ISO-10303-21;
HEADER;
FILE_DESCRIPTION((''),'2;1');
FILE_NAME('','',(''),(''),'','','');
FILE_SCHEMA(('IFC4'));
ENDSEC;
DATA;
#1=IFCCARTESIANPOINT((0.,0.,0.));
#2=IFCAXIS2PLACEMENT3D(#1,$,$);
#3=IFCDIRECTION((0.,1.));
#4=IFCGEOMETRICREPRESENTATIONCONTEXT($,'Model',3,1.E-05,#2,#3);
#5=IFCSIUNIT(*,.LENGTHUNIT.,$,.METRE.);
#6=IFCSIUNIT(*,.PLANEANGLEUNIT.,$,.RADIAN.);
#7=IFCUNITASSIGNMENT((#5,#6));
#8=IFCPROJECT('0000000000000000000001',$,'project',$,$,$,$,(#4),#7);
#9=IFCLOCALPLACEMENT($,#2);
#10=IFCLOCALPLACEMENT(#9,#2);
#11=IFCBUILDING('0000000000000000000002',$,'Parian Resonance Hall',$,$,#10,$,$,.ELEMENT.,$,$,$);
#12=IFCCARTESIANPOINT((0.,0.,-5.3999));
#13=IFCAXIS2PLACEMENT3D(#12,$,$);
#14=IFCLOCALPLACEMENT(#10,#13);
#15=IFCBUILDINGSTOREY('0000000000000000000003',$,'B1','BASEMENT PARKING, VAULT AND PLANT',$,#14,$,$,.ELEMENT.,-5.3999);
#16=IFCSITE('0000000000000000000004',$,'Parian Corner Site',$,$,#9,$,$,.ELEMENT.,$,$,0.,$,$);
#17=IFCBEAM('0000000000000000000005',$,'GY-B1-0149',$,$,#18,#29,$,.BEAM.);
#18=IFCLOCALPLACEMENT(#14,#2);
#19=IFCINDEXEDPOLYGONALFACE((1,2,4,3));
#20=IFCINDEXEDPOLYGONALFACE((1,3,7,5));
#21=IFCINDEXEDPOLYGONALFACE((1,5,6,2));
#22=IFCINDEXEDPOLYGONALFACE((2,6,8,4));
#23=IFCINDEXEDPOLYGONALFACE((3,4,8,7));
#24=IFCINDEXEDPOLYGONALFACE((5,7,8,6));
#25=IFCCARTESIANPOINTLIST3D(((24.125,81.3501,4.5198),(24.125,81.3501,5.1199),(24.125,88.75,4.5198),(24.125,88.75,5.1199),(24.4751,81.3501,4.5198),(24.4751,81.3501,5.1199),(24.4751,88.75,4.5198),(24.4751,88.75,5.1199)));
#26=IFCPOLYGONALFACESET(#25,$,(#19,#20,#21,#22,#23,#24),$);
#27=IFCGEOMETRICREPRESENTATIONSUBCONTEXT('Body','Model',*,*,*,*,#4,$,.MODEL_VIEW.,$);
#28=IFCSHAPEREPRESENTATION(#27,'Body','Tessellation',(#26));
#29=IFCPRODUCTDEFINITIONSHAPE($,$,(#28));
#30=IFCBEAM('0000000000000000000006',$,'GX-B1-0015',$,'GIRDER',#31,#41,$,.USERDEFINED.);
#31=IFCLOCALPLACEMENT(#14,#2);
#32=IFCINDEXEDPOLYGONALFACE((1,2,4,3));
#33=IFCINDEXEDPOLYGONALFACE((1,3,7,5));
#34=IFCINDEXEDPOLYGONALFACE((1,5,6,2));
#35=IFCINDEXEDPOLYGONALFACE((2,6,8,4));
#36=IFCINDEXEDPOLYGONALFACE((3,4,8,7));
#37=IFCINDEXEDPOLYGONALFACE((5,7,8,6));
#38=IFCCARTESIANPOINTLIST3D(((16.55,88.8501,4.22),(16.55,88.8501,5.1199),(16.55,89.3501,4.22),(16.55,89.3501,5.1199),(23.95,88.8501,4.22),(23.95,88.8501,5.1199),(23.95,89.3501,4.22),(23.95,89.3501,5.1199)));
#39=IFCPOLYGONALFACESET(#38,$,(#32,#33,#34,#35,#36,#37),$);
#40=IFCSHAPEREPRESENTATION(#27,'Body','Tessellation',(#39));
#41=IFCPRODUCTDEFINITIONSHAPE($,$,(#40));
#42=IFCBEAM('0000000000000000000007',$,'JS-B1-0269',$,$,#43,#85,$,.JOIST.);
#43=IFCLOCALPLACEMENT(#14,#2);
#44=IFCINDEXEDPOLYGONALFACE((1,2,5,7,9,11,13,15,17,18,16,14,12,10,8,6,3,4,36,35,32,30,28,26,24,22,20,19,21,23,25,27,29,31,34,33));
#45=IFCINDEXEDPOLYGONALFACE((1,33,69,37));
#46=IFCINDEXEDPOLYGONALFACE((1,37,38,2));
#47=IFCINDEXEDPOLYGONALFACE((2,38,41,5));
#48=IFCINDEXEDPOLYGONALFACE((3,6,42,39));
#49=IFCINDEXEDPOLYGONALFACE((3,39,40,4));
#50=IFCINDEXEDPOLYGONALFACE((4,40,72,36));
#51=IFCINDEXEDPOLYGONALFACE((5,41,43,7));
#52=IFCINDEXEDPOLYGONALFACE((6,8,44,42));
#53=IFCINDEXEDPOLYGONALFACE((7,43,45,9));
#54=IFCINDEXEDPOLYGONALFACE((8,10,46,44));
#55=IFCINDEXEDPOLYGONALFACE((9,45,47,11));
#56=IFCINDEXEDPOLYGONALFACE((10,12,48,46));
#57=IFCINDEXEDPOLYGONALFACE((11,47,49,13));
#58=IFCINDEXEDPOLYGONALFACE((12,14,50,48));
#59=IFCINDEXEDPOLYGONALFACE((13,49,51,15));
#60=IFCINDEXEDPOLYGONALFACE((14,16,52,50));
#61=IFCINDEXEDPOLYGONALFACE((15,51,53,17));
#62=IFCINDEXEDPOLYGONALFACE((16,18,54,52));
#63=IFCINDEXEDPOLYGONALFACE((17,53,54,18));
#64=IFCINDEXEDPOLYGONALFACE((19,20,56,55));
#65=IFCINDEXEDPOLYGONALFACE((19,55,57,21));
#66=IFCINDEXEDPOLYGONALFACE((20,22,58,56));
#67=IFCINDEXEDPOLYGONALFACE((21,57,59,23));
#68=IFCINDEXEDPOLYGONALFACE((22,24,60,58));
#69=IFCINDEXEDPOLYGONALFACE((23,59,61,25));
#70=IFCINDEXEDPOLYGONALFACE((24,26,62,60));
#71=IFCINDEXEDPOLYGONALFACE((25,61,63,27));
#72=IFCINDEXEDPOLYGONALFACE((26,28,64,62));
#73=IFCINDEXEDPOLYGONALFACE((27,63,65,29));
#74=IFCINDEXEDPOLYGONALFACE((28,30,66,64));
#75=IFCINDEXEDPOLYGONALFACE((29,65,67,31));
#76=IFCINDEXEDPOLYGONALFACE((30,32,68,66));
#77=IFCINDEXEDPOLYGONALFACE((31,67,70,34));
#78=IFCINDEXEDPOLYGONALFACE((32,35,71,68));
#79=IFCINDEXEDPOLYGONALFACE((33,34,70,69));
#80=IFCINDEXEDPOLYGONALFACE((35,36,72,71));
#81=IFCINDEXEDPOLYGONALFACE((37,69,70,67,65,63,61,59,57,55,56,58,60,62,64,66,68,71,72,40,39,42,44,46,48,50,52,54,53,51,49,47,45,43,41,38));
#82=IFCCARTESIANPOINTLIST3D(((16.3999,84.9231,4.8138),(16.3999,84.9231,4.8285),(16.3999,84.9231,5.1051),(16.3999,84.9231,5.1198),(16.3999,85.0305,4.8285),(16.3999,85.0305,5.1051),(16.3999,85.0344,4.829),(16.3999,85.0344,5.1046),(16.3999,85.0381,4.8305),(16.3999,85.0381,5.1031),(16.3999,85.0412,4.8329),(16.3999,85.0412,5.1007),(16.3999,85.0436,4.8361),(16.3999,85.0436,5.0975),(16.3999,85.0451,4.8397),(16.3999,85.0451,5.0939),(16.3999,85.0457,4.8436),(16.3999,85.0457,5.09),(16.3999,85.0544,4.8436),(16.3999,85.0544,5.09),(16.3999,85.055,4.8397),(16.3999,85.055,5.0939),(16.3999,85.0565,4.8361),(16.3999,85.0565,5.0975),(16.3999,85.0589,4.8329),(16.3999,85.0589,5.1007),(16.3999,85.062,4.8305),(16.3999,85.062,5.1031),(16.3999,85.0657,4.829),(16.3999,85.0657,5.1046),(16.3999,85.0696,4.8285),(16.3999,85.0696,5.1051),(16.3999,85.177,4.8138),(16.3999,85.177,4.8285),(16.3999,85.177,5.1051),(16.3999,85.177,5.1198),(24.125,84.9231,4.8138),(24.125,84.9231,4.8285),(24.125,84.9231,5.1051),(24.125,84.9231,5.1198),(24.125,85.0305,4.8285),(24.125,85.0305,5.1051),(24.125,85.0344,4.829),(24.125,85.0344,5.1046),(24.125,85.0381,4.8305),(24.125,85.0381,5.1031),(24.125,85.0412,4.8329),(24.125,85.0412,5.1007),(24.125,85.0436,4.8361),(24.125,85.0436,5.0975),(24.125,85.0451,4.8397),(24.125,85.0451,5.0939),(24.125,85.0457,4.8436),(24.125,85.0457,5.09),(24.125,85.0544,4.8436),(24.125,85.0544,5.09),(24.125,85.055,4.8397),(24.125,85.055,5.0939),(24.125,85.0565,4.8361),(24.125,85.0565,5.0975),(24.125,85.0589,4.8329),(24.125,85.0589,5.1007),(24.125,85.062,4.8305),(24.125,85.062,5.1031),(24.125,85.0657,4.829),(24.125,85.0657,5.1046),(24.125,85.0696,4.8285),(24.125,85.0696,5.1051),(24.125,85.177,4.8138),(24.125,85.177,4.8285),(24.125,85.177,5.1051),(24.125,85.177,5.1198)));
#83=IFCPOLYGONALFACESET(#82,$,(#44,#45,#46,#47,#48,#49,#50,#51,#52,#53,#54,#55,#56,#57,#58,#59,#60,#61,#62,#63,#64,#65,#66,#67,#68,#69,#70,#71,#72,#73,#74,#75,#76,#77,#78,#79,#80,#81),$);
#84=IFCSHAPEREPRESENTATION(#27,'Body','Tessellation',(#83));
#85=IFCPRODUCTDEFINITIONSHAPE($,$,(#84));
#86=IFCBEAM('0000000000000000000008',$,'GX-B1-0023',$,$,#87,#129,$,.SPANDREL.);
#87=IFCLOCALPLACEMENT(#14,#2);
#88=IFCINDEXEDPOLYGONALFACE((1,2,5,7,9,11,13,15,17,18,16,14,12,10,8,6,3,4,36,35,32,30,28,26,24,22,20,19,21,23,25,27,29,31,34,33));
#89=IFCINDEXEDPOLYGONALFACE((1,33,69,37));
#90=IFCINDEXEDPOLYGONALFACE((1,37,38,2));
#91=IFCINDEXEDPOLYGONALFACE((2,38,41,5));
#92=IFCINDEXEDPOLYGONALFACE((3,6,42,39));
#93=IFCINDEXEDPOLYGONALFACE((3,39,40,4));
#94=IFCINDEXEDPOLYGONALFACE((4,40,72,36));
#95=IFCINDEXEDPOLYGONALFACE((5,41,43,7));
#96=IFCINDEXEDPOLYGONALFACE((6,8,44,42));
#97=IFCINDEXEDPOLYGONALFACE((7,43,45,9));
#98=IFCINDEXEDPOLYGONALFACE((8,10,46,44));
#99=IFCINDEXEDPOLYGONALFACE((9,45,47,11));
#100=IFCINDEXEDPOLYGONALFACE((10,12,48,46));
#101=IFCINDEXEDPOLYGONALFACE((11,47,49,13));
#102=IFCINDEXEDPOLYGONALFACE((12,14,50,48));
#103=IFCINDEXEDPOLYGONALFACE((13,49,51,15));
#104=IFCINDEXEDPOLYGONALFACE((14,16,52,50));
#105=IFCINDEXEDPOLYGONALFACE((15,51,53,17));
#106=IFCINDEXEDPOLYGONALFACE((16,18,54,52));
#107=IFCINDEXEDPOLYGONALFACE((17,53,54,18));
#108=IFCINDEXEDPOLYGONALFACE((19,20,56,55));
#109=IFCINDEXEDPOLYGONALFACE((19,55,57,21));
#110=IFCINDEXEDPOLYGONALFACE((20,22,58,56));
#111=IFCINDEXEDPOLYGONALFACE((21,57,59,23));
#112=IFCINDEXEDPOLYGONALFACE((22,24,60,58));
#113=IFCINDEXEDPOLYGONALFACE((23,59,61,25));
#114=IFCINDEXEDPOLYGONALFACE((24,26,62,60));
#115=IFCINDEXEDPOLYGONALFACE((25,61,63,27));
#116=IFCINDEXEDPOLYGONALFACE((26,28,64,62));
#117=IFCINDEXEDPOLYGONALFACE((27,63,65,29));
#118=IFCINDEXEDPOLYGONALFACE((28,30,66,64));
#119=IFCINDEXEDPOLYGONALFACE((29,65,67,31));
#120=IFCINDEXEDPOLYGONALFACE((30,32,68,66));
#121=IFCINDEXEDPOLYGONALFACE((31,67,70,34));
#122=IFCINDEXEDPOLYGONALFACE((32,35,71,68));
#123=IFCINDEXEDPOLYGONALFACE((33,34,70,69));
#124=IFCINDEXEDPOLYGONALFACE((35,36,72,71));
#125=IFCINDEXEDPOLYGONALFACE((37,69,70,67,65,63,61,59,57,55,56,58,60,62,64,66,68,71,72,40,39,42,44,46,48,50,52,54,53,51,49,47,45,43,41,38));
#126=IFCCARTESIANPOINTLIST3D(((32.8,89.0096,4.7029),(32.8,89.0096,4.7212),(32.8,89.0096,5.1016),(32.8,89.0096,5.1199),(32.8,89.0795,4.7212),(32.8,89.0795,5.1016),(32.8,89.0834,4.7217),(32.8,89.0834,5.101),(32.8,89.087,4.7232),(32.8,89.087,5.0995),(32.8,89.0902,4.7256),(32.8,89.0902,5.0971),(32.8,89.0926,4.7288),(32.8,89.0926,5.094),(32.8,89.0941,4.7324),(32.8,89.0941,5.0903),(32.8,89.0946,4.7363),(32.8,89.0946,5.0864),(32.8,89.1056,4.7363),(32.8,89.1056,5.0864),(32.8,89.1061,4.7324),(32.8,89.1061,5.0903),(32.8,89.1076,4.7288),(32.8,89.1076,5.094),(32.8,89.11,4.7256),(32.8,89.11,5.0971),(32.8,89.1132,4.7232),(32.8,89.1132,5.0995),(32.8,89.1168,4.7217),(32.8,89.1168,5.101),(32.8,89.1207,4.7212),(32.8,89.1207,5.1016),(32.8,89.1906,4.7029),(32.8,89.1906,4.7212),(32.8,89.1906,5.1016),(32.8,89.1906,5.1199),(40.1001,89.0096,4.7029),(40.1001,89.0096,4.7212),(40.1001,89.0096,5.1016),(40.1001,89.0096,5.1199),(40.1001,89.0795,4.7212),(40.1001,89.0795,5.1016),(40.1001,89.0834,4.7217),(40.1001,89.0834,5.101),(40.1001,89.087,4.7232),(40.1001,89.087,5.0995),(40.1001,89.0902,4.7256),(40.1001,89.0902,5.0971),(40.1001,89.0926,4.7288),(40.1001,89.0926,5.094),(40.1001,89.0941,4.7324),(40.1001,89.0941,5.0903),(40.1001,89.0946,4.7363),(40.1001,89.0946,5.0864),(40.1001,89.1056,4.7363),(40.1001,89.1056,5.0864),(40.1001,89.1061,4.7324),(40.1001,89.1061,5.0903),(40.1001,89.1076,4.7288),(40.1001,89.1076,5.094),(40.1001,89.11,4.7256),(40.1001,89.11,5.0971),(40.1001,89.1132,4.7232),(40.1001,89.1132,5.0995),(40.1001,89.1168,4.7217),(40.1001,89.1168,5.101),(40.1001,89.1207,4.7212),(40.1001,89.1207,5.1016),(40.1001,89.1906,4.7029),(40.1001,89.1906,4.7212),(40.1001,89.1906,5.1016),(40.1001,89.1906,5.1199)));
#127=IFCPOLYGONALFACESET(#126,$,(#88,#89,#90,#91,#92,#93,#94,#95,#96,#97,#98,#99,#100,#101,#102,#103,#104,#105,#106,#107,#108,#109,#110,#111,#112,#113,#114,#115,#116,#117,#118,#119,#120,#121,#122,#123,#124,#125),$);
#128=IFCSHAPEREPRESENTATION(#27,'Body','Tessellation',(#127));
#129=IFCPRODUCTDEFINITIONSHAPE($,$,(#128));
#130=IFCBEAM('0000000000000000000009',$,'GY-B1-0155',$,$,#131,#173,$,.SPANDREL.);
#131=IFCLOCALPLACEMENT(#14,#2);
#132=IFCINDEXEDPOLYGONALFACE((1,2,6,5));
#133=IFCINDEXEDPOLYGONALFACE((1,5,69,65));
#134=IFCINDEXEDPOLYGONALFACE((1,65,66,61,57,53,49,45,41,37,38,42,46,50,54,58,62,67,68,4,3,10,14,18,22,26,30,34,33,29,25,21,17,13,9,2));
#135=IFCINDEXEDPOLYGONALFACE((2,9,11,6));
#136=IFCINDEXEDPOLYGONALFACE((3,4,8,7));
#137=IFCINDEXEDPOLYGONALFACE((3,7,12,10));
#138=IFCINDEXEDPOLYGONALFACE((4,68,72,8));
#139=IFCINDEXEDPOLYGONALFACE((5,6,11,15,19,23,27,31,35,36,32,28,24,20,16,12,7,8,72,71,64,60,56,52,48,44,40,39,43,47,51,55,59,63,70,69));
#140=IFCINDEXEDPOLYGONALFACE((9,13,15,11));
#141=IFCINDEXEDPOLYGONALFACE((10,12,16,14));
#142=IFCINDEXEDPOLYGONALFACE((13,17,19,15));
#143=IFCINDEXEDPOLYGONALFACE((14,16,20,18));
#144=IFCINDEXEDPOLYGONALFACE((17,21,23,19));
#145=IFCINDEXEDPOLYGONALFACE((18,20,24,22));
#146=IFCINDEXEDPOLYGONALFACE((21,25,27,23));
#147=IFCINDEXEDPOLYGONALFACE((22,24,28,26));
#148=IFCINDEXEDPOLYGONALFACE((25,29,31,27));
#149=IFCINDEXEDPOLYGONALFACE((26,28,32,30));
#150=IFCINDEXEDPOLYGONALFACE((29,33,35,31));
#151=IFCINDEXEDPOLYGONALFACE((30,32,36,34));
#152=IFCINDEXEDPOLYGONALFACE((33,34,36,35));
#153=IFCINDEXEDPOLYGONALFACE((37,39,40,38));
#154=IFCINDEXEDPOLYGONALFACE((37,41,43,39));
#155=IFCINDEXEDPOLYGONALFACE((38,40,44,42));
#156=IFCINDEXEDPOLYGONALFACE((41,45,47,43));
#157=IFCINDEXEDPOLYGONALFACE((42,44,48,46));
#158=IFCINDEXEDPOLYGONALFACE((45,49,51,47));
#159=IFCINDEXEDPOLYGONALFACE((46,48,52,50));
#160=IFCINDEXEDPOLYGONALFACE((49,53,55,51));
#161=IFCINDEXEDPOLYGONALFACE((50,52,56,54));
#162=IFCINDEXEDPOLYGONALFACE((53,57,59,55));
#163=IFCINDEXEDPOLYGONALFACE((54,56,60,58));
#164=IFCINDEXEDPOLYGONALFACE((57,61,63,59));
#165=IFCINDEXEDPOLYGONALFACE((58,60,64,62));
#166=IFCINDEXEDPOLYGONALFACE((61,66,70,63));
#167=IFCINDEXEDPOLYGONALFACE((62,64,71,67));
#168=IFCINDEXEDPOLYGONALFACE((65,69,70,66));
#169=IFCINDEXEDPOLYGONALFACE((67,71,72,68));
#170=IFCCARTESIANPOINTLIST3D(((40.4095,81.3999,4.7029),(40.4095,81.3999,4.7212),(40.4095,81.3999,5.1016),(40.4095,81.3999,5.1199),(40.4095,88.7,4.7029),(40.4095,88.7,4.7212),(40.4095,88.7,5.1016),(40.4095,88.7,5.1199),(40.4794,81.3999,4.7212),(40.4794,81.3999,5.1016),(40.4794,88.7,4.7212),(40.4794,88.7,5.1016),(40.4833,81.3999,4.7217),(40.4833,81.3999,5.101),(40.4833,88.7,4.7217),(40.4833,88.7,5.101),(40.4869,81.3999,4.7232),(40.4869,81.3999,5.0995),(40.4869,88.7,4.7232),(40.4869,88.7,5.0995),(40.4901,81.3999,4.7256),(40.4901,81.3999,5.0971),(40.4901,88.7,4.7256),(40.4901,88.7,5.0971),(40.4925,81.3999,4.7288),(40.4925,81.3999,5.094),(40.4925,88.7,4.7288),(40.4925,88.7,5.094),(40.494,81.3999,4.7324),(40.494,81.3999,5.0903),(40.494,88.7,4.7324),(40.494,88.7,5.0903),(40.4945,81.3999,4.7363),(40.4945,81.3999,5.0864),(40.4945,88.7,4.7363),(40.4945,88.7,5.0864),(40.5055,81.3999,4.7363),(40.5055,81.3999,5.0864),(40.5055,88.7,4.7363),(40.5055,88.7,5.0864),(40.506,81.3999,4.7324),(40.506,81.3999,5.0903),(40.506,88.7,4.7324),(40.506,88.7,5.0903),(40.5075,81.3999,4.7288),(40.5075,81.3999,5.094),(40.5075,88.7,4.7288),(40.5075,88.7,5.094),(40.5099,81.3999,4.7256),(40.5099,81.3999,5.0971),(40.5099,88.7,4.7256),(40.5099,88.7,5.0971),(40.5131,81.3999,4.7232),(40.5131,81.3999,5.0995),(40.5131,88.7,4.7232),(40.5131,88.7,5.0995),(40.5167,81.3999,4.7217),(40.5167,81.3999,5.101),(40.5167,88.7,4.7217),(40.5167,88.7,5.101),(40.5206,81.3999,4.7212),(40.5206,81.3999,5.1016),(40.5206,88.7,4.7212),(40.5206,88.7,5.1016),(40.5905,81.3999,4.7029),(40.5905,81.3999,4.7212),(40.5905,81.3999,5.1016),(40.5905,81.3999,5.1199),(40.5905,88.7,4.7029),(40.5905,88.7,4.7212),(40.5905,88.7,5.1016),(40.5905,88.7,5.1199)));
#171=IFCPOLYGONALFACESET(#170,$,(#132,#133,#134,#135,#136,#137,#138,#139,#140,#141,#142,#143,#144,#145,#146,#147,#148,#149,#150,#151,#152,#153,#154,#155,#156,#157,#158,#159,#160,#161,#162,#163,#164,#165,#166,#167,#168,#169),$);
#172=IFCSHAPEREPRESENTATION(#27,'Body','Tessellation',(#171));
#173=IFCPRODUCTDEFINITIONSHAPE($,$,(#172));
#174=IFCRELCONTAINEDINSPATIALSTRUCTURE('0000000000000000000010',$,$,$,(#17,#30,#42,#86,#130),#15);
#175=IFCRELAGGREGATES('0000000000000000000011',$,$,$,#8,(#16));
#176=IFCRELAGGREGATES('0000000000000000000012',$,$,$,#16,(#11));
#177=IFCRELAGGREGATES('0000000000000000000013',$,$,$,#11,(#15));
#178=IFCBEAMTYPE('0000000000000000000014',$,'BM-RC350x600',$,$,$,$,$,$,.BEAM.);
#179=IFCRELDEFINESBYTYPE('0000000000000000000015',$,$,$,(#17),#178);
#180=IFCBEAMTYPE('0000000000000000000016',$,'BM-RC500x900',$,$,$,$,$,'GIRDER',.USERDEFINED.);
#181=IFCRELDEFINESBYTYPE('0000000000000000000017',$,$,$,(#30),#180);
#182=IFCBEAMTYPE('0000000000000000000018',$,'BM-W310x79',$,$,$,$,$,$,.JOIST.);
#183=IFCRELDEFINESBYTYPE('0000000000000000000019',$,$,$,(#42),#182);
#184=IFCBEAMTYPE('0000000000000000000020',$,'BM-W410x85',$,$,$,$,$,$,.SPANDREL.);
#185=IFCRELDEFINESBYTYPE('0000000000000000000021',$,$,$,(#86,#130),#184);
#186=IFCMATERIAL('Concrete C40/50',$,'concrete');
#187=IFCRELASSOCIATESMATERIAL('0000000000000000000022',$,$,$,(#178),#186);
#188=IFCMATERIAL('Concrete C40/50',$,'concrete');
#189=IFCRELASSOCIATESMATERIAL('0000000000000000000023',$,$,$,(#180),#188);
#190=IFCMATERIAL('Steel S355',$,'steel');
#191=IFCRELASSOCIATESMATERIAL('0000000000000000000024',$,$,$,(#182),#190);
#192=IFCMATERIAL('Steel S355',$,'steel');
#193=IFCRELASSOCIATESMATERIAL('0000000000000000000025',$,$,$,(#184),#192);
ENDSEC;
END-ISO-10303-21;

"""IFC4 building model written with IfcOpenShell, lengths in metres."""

from ifc_helpers import new_model, si_unit, direction, frame, origin, origin_2d, place, context, subcontext, project, spatial, rectangle, i_section, extrude, material, material_profile, profile_set, type_object, element, save


model = new_model("IFC4")

# Units and contexts
model_context = context("Model", 3, precision=1e-05, world=origin(), true_north=direction((0.0, 1.0)))
body_context = subcontext(model_context, "Body", "Model", "MODEL_VIEW")
ifc_project = project(units=[si_unit("LENGTHUNIT", "METRE"), si_unit("PLANEANGLEUNIT", "RADIAN")], contexts=[model_context])

# Site, building, storey
site_placement = place(None, origin())
site = spatial("IfcSite", under=ifc_project, at=site_placement, Name="Parian Corner Site", CompositionType="ELEMENT", RefElevation=0.0)
building_placement = place(site_placement, origin())
building = spatial("IfcBuilding", under=site, at=building_placement, Name="Parian Resonance Hall", CompositionType="ELEMENT")
storey_placement = place(building_placement, frame((0.0, 0.0, -5.3999)))
storey = spatial("IfcBuildingStorey", under=building, at=storey_placement, Name="B1", Description="BASEMENT PARKING, VAULT AND PLANT", CompositionType="ELEMENT", Elevation=-5.3999)

# Beams
ifc_material_1 = material(Name="Concrete C40/50", Category="concrete")
ifc_material_profile_1 = material_profile(ifc_material_1, rectangle(XDim=0.3501, YDim=0.6001, at=origin_2d()), Name="RC-BM-350x600")
ifc_profile_set_1 = profile_set([ifc_material_profile_1], Name="Concrete C40/50")
beam_type_1 = type_object("IfcBeamType", Name="BM-RC350x600", PredefinedType="BEAM", material=ifc_profile_set_1)
beam_1_placement = place(storey_placement, frame((24.3, 81.3501, 4.8198), z_axis=(0.0, 1.0, 0.0), x_axis=(-1.0, 0.0, 0.0)))
element("IfcBeam", 1, at=beam_1_placement, inside=storey, type_object=beam_type_1, Name="GY-B1-0149", PredefinedType="BEAM", context=body_context, shape_type="SweptSolid", body=[
    extrude(rectangle(XDim=0.3501, YDim=0.6001, at=origin_2d()), origin(), (0.0, 0.0, 1.0), 7.3999),
])
ifc_material_2 = material(Name="Concrete C40/50", Category="concrete")
ifc_material_profile_2 = material_profile(ifc_material_2, rectangle(XDim=0.5, YDim=0.8999, at=origin_2d()), Name="RC-BM-500x900")
ifc_profile_set_2 = profile_set([ifc_material_profile_2], Name="Concrete C40/50")
beam_type_2 = type_object("IfcBeamType", Name="BM-RC500x900", ElementType="GIRDER", PredefinedType="USERDEFINED", material=ifc_profile_set_2)
beam_2_placement = place(storey_placement, frame((16.55, 89.1001, 4.6699), z_axis=(1.0, 0.0, 0.0), x_axis=(0.0, 1.0, 0.0)))
element("IfcBeam", 2, at=beam_2_placement, inside=storey, type_object=beam_type_2, Name="GX-B1-0015", ObjectType="GIRDER", PredefinedType="USERDEFINED", context=body_context, shape_type="SweptSolid", body=[
    extrude(rectangle(XDim=0.5, YDim=0.8999, at=origin_2d()), origin(), (0.0, 0.0, 1.0), 7.3999),
])
ifc_material_3 = material(Name="Steel S355", Category="steel")
ifc_material_profile_3 = material_profile(ifc_material_3, i_section(OverallWidth=0.2539, OverallDepth=0.3059, WebThickness=0.0088, FlangeThickness=0.0146, FilletRadius=0.0151, at=origin_2d()), Name="W310x79")
ifc_profile_set_3 = profile_set([ifc_material_profile_3], Name="Steel S355")
beam_type_3 = type_object("IfcBeamType", Name="BM-W310x79", PredefinedType="JOIST", material=ifc_profile_set_3)
beam_3_placement = place(storey_placement, frame((16.3999, 85.05, 4.9668), z_axis=(1.0, 0.0, 0.0), x_axis=(0.0, 1.0, 0.0)))
element("IfcBeam", 3, at=beam_3_placement, inside=storey, type_object=beam_type_3, Name="JS-B1-0269", PredefinedType="JOIST", context=body_context, shape_type="SweptSolid", body=[
    extrude(i_section(OverallWidth=0.2539, OverallDepth=0.3059, WebThickness=0.0088, FlangeThickness=0.0146, FilletRadius=0.0151, at=origin_2d()), origin(), (0.0, 0.0, 1.0), 7.7251),
])
ifc_material_4 = material(Name="Steel S355", Category="steel")
ifc_material_profile_4 = material_profile(ifc_material_4, i_section(OverallWidth=0.1809, OverallDepth=0.417, WebThickness=0.011, FlangeThickness=0.0183, FilletRadius=0.0151, at=origin_2d()), Name="W410x85")
ifc_profile_set_4 = profile_set([ifc_material_profile_4], Name="Steel S355")
beam_type_4 = type_object("IfcBeamType", Name="BM-W410x85", PredefinedType="SPANDREL", material=ifc_profile_set_4)
for number, where, z_axis, x_axis, name in (
    (4, (32.8, 89.1001, 4.9114), (1.0, 0.0, 0.0), (0.0, 1.0, 0.0), "GX-B1-0023"),
    (5, (40.5, 81.3999, 4.9114), (0.0, 1.0, 0.0), (-1.0, 0.0, 0.0), "GY-B1-0155"),
):
    element("IfcBeam", number, at=place(storey_placement, frame(where, z_axis=z_axis, x_axis=x_axis)), inside=storey, type_object=beam_type_4, Name=name, PredefinedType="SPANDREL", context=body_context, shape_type="SweptSolid", body=[
        extrude(i_section(OverallWidth=0.1809, OverallDepth=0.417, WebThickness=0.011, FlangeThickness=0.0183, FilletRadius=0.0151, at=origin_2d()), origin(), (0.0, 0.0, 1.0), 7.3),
    ])

save(model, "model.ifc")
